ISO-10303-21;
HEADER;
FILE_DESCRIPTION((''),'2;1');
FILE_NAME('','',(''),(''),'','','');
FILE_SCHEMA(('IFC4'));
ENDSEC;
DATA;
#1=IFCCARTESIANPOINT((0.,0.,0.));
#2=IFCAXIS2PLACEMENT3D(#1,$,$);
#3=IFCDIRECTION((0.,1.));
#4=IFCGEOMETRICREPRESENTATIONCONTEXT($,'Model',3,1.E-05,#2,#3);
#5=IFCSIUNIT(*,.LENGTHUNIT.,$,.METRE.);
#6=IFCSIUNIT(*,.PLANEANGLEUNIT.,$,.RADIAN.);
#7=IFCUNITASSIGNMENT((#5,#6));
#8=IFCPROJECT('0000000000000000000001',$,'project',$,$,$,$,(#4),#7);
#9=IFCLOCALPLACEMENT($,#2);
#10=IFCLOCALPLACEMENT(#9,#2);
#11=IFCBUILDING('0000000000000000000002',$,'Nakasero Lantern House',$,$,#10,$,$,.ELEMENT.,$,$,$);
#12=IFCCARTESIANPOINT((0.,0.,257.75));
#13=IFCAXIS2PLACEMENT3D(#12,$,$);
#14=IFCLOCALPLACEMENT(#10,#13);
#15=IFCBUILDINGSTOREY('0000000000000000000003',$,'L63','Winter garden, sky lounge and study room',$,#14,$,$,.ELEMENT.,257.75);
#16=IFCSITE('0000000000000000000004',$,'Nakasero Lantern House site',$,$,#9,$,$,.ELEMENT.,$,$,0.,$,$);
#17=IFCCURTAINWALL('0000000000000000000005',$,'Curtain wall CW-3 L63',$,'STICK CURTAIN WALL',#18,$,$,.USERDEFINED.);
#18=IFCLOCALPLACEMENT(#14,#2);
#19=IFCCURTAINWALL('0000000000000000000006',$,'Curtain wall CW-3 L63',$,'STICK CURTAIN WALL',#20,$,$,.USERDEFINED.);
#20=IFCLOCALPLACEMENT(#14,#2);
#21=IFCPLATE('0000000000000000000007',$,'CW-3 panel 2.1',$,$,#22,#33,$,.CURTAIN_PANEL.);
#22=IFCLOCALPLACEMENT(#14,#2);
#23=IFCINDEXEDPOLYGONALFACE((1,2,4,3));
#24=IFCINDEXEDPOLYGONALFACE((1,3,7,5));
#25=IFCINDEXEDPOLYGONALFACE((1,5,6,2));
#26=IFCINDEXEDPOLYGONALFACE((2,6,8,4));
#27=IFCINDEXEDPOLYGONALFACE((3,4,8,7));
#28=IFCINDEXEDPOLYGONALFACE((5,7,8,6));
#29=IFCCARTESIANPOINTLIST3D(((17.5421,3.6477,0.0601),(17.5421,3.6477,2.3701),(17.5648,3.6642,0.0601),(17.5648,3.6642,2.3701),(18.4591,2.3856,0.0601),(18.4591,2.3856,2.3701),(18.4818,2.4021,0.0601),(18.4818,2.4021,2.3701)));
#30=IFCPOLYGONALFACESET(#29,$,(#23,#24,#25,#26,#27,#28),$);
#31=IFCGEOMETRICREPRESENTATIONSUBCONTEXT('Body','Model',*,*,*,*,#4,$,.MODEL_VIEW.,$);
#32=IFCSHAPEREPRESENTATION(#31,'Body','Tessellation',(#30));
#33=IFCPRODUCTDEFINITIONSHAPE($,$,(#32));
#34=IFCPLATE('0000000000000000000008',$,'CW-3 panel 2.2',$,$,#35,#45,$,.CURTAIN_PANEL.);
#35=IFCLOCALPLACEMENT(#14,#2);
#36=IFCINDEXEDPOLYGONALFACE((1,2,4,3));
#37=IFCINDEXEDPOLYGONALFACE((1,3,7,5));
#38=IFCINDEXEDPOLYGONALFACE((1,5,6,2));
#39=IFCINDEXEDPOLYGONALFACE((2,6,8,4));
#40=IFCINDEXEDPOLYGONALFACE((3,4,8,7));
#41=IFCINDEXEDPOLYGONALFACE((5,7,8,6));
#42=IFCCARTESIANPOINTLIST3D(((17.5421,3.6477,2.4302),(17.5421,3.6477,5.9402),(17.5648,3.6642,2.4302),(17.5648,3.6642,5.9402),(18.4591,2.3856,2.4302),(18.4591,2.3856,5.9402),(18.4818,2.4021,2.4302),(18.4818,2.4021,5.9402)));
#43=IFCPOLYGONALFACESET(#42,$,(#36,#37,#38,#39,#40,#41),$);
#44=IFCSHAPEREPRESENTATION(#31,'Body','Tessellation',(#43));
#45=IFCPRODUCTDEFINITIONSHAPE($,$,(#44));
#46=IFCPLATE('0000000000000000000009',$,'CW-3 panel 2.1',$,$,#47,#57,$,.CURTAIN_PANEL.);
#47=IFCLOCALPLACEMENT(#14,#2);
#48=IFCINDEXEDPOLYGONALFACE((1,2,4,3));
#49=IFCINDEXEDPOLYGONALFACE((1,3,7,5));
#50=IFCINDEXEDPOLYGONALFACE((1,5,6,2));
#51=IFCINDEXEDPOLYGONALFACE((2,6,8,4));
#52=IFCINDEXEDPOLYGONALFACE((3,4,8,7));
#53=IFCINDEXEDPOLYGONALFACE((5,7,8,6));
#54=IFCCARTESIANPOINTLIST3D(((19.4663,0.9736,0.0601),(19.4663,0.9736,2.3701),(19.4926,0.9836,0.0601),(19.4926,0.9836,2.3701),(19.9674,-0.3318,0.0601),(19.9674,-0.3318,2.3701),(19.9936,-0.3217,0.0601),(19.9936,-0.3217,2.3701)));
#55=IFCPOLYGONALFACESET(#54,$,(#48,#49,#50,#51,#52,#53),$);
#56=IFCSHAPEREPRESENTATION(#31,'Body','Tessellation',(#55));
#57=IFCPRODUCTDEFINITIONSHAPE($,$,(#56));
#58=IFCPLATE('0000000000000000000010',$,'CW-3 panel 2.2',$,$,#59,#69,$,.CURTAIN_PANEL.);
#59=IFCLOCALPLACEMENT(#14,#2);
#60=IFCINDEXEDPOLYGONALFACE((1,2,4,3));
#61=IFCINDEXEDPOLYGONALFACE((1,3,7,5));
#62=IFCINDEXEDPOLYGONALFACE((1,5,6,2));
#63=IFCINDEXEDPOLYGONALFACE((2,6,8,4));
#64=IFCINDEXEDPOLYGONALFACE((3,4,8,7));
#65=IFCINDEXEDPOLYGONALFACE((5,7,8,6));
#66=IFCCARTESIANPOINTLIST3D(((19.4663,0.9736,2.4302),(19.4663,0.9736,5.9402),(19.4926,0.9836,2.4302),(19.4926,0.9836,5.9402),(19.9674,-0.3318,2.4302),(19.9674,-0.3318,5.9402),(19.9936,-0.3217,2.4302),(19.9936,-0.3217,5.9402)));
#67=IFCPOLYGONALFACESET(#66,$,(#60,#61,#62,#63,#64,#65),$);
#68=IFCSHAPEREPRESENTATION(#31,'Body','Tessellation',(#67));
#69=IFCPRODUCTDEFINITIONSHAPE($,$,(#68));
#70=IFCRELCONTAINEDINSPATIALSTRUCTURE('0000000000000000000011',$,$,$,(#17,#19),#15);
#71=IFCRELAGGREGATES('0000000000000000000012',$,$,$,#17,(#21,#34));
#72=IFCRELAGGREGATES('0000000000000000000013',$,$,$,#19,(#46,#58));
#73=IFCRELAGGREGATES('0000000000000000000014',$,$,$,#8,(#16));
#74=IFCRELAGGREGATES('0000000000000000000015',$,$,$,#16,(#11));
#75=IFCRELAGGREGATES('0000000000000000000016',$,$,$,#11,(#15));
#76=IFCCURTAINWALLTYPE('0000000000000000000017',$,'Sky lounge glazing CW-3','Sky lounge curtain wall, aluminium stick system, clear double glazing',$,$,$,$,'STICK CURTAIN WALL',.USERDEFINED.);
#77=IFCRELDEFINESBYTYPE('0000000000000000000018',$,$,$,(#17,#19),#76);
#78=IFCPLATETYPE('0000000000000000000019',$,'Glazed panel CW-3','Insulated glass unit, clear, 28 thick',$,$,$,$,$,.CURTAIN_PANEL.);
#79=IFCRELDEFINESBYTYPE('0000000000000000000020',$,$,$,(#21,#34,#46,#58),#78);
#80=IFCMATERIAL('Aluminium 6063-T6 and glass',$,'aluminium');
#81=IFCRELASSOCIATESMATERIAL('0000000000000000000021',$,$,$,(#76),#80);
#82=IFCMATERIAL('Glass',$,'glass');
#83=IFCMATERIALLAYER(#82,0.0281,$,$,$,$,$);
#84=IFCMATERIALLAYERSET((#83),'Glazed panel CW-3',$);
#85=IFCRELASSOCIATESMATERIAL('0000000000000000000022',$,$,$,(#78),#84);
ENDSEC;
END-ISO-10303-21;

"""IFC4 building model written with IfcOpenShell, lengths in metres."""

from ifc_helpers import new_model, si_unit, direction, frame, origin, origin_2d, place, context, subcontext, project, spatial, rectangle, extrude, material, layer, layer_set, type_object, element, aggregate, save


model = new_model("IFC4")

# Units and contexts
model_context = context("Model", 3, precision=1e-05, world=origin(), true_north=direction((0.0, 1.0)))
body_context = subcontext(model_context, "Body", "Model", "MODEL_VIEW")
ifc_project = project(units=[si_unit("LENGTHUNIT", "METRE"), si_unit("PLANEANGLEUNIT", "RADIAN")], contexts=[model_context])

# Site, building, storey
site_placement = place(None, origin())
site = spatial("IfcSite", under=ifc_project, at=site_placement, Name="Nakasero Lantern House site", CompositionType="ELEMENT", RefElevation=0.0)
building_placement = place(site_placement, origin())
building = spatial("IfcBuilding", under=site, at=building_placement, Name="Nakasero Lantern House", CompositionType="ELEMENT")
storey_placement = place(building_placement, frame((0.0, 0.0, 257.75)))
storey = spatial("IfcBuildingStorey", under=building, at=storey_placement, Name="L63", Description="Winter garden, sky lounge and study room", CompositionType="ELEMENT", Elevation=257.75)

# Curtain wall
ifc_material_1 = material(Name="Aluminium 6063-T6 and glass", Category="aluminium")
curtain_wall_type = type_object("IfcCurtainWallType", Name="Sky lounge glazing CW-3", Description="Sky lounge curtain wall, aluminium stick system, clear double glazing", ElementType="STICK CURTAIN WALL", PredefinedType="USERDEFINED", material=ifc_material_1)
curtain_wall_1_placement = place(storey_placement, origin())
curtain_wall_1 = element("IfcCurtainWall", 1, at=curtain_wall_1_placement, inside=storey, type_object=curtain_wall_type, Name="Curtain wall CW-3 L63", ObjectType="STICK CURTAIN WALL", PredefinedType="USERDEFINED")

# Curtain wall
curtain_wall_2_placement = place(storey_placement, origin())
curtain_wall_2 = element("IfcCurtainWall", 2, at=curtain_wall_2_placement, inside=storey, type_object=curtain_wall_type, Name="Curtain wall CW-3 L63", ObjectType="STICK CURTAIN WALL", PredefinedType="USERDEFINED")

# Plates
ifc_material_2 = material(Name="Glass", Category="glass")
ifc_layer_1 = layer(ifc_material_2, 0.0281)
ifc_layer_set_1 = layer_set([ifc_layer_1], Name="Glazed panel CW-3")
plate_type = type_object("IfcPlateType", Name="Glazed panel CW-3", Description="Insulated glass unit, clear, 28 thick", PredefinedType="CURTAIN_PANEL", material=ifc_layer_set_1)
plate_1_placement = place(storey_placement, frame((18.012, 3.0249, 0.0601), z_axis=(0.0, 0.0, 1.0), x_axis=(-0.587785, 0.809017, 0.0)))
plate_1 = element("IfcPlate", 3, at=plate_1_placement, type_object=plate_type, Name="CW-3 panel 2.1", PredefinedType="CURTAIN_PANEL", context=body_context, shape_type="SweptSolid", body=[
    extrude(rectangle(XDim=1.5601, YDim=0.0281, at=origin_2d()), origin(), (0.0, 0.0, 1.0), 2.3101),
])
plate_2_placement = place(storey_placement, frame((18.012, 3.0249, 2.4302), z_axis=(0.0, 0.0, 1.0), x_axis=(-0.587785, 0.809017, 0.0)))
plate_2 = element("IfcPlate", 4, at=plate_2_placement, type_object=plate_type, Name="CW-3 panel 2.2", PredefinedType="CURTAIN_PANEL", context=body_context, shape_type="SweptSolid", body=[
    extrude(rectangle(XDim=1.5601, YDim=0.0281, at=origin_2d()), origin(), (0.0, 0.0, 1.0), 3.51),
])
aggregate(curtain_wall_1, [plate_1, plate_2])
plate_3_placement = place(storey_placement, frame((19.73, 0.3259, 0.0601), z_axis=(0.0, 0.0, 1.0), x_axis=(-0.358368, 0.93358, 0.0)))
plate_3 = element("IfcPlate", 5, at=plate_3_placement, type_object=plate_type, Name="CW-3 panel 2.1", PredefinedType="CURTAIN_PANEL", context=body_context, shape_type="SweptSolid", body=[
    extrude(rectangle(XDim=1.3982, YDim=0.0281, at=origin_2d()), origin(), (0.0, 0.0, 1.0), 2.3101),
])
plate_4_placement = place(storey_placement, frame((19.73, 0.3259, 2.4302), z_axis=(0.0, 0.0, 1.0), x_axis=(-0.358368, 0.93358, 0.0)))
plate_4 = element("IfcPlate", 6, at=plate_4_placement, type_object=plate_type, Name="CW-3 panel 2.2", PredefinedType="CURTAIN_PANEL", context=body_context, shape_type="SweptSolid", body=[
    extrude(rectangle(XDim=1.3982, YDim=0.0281, at=origin_2d()), origin(), (0.0, 0.0, 1.0), 3.51),
])
aggregate(curtain_wall_2, [plate_3, plate_4])

save(model, "model.ifc")
